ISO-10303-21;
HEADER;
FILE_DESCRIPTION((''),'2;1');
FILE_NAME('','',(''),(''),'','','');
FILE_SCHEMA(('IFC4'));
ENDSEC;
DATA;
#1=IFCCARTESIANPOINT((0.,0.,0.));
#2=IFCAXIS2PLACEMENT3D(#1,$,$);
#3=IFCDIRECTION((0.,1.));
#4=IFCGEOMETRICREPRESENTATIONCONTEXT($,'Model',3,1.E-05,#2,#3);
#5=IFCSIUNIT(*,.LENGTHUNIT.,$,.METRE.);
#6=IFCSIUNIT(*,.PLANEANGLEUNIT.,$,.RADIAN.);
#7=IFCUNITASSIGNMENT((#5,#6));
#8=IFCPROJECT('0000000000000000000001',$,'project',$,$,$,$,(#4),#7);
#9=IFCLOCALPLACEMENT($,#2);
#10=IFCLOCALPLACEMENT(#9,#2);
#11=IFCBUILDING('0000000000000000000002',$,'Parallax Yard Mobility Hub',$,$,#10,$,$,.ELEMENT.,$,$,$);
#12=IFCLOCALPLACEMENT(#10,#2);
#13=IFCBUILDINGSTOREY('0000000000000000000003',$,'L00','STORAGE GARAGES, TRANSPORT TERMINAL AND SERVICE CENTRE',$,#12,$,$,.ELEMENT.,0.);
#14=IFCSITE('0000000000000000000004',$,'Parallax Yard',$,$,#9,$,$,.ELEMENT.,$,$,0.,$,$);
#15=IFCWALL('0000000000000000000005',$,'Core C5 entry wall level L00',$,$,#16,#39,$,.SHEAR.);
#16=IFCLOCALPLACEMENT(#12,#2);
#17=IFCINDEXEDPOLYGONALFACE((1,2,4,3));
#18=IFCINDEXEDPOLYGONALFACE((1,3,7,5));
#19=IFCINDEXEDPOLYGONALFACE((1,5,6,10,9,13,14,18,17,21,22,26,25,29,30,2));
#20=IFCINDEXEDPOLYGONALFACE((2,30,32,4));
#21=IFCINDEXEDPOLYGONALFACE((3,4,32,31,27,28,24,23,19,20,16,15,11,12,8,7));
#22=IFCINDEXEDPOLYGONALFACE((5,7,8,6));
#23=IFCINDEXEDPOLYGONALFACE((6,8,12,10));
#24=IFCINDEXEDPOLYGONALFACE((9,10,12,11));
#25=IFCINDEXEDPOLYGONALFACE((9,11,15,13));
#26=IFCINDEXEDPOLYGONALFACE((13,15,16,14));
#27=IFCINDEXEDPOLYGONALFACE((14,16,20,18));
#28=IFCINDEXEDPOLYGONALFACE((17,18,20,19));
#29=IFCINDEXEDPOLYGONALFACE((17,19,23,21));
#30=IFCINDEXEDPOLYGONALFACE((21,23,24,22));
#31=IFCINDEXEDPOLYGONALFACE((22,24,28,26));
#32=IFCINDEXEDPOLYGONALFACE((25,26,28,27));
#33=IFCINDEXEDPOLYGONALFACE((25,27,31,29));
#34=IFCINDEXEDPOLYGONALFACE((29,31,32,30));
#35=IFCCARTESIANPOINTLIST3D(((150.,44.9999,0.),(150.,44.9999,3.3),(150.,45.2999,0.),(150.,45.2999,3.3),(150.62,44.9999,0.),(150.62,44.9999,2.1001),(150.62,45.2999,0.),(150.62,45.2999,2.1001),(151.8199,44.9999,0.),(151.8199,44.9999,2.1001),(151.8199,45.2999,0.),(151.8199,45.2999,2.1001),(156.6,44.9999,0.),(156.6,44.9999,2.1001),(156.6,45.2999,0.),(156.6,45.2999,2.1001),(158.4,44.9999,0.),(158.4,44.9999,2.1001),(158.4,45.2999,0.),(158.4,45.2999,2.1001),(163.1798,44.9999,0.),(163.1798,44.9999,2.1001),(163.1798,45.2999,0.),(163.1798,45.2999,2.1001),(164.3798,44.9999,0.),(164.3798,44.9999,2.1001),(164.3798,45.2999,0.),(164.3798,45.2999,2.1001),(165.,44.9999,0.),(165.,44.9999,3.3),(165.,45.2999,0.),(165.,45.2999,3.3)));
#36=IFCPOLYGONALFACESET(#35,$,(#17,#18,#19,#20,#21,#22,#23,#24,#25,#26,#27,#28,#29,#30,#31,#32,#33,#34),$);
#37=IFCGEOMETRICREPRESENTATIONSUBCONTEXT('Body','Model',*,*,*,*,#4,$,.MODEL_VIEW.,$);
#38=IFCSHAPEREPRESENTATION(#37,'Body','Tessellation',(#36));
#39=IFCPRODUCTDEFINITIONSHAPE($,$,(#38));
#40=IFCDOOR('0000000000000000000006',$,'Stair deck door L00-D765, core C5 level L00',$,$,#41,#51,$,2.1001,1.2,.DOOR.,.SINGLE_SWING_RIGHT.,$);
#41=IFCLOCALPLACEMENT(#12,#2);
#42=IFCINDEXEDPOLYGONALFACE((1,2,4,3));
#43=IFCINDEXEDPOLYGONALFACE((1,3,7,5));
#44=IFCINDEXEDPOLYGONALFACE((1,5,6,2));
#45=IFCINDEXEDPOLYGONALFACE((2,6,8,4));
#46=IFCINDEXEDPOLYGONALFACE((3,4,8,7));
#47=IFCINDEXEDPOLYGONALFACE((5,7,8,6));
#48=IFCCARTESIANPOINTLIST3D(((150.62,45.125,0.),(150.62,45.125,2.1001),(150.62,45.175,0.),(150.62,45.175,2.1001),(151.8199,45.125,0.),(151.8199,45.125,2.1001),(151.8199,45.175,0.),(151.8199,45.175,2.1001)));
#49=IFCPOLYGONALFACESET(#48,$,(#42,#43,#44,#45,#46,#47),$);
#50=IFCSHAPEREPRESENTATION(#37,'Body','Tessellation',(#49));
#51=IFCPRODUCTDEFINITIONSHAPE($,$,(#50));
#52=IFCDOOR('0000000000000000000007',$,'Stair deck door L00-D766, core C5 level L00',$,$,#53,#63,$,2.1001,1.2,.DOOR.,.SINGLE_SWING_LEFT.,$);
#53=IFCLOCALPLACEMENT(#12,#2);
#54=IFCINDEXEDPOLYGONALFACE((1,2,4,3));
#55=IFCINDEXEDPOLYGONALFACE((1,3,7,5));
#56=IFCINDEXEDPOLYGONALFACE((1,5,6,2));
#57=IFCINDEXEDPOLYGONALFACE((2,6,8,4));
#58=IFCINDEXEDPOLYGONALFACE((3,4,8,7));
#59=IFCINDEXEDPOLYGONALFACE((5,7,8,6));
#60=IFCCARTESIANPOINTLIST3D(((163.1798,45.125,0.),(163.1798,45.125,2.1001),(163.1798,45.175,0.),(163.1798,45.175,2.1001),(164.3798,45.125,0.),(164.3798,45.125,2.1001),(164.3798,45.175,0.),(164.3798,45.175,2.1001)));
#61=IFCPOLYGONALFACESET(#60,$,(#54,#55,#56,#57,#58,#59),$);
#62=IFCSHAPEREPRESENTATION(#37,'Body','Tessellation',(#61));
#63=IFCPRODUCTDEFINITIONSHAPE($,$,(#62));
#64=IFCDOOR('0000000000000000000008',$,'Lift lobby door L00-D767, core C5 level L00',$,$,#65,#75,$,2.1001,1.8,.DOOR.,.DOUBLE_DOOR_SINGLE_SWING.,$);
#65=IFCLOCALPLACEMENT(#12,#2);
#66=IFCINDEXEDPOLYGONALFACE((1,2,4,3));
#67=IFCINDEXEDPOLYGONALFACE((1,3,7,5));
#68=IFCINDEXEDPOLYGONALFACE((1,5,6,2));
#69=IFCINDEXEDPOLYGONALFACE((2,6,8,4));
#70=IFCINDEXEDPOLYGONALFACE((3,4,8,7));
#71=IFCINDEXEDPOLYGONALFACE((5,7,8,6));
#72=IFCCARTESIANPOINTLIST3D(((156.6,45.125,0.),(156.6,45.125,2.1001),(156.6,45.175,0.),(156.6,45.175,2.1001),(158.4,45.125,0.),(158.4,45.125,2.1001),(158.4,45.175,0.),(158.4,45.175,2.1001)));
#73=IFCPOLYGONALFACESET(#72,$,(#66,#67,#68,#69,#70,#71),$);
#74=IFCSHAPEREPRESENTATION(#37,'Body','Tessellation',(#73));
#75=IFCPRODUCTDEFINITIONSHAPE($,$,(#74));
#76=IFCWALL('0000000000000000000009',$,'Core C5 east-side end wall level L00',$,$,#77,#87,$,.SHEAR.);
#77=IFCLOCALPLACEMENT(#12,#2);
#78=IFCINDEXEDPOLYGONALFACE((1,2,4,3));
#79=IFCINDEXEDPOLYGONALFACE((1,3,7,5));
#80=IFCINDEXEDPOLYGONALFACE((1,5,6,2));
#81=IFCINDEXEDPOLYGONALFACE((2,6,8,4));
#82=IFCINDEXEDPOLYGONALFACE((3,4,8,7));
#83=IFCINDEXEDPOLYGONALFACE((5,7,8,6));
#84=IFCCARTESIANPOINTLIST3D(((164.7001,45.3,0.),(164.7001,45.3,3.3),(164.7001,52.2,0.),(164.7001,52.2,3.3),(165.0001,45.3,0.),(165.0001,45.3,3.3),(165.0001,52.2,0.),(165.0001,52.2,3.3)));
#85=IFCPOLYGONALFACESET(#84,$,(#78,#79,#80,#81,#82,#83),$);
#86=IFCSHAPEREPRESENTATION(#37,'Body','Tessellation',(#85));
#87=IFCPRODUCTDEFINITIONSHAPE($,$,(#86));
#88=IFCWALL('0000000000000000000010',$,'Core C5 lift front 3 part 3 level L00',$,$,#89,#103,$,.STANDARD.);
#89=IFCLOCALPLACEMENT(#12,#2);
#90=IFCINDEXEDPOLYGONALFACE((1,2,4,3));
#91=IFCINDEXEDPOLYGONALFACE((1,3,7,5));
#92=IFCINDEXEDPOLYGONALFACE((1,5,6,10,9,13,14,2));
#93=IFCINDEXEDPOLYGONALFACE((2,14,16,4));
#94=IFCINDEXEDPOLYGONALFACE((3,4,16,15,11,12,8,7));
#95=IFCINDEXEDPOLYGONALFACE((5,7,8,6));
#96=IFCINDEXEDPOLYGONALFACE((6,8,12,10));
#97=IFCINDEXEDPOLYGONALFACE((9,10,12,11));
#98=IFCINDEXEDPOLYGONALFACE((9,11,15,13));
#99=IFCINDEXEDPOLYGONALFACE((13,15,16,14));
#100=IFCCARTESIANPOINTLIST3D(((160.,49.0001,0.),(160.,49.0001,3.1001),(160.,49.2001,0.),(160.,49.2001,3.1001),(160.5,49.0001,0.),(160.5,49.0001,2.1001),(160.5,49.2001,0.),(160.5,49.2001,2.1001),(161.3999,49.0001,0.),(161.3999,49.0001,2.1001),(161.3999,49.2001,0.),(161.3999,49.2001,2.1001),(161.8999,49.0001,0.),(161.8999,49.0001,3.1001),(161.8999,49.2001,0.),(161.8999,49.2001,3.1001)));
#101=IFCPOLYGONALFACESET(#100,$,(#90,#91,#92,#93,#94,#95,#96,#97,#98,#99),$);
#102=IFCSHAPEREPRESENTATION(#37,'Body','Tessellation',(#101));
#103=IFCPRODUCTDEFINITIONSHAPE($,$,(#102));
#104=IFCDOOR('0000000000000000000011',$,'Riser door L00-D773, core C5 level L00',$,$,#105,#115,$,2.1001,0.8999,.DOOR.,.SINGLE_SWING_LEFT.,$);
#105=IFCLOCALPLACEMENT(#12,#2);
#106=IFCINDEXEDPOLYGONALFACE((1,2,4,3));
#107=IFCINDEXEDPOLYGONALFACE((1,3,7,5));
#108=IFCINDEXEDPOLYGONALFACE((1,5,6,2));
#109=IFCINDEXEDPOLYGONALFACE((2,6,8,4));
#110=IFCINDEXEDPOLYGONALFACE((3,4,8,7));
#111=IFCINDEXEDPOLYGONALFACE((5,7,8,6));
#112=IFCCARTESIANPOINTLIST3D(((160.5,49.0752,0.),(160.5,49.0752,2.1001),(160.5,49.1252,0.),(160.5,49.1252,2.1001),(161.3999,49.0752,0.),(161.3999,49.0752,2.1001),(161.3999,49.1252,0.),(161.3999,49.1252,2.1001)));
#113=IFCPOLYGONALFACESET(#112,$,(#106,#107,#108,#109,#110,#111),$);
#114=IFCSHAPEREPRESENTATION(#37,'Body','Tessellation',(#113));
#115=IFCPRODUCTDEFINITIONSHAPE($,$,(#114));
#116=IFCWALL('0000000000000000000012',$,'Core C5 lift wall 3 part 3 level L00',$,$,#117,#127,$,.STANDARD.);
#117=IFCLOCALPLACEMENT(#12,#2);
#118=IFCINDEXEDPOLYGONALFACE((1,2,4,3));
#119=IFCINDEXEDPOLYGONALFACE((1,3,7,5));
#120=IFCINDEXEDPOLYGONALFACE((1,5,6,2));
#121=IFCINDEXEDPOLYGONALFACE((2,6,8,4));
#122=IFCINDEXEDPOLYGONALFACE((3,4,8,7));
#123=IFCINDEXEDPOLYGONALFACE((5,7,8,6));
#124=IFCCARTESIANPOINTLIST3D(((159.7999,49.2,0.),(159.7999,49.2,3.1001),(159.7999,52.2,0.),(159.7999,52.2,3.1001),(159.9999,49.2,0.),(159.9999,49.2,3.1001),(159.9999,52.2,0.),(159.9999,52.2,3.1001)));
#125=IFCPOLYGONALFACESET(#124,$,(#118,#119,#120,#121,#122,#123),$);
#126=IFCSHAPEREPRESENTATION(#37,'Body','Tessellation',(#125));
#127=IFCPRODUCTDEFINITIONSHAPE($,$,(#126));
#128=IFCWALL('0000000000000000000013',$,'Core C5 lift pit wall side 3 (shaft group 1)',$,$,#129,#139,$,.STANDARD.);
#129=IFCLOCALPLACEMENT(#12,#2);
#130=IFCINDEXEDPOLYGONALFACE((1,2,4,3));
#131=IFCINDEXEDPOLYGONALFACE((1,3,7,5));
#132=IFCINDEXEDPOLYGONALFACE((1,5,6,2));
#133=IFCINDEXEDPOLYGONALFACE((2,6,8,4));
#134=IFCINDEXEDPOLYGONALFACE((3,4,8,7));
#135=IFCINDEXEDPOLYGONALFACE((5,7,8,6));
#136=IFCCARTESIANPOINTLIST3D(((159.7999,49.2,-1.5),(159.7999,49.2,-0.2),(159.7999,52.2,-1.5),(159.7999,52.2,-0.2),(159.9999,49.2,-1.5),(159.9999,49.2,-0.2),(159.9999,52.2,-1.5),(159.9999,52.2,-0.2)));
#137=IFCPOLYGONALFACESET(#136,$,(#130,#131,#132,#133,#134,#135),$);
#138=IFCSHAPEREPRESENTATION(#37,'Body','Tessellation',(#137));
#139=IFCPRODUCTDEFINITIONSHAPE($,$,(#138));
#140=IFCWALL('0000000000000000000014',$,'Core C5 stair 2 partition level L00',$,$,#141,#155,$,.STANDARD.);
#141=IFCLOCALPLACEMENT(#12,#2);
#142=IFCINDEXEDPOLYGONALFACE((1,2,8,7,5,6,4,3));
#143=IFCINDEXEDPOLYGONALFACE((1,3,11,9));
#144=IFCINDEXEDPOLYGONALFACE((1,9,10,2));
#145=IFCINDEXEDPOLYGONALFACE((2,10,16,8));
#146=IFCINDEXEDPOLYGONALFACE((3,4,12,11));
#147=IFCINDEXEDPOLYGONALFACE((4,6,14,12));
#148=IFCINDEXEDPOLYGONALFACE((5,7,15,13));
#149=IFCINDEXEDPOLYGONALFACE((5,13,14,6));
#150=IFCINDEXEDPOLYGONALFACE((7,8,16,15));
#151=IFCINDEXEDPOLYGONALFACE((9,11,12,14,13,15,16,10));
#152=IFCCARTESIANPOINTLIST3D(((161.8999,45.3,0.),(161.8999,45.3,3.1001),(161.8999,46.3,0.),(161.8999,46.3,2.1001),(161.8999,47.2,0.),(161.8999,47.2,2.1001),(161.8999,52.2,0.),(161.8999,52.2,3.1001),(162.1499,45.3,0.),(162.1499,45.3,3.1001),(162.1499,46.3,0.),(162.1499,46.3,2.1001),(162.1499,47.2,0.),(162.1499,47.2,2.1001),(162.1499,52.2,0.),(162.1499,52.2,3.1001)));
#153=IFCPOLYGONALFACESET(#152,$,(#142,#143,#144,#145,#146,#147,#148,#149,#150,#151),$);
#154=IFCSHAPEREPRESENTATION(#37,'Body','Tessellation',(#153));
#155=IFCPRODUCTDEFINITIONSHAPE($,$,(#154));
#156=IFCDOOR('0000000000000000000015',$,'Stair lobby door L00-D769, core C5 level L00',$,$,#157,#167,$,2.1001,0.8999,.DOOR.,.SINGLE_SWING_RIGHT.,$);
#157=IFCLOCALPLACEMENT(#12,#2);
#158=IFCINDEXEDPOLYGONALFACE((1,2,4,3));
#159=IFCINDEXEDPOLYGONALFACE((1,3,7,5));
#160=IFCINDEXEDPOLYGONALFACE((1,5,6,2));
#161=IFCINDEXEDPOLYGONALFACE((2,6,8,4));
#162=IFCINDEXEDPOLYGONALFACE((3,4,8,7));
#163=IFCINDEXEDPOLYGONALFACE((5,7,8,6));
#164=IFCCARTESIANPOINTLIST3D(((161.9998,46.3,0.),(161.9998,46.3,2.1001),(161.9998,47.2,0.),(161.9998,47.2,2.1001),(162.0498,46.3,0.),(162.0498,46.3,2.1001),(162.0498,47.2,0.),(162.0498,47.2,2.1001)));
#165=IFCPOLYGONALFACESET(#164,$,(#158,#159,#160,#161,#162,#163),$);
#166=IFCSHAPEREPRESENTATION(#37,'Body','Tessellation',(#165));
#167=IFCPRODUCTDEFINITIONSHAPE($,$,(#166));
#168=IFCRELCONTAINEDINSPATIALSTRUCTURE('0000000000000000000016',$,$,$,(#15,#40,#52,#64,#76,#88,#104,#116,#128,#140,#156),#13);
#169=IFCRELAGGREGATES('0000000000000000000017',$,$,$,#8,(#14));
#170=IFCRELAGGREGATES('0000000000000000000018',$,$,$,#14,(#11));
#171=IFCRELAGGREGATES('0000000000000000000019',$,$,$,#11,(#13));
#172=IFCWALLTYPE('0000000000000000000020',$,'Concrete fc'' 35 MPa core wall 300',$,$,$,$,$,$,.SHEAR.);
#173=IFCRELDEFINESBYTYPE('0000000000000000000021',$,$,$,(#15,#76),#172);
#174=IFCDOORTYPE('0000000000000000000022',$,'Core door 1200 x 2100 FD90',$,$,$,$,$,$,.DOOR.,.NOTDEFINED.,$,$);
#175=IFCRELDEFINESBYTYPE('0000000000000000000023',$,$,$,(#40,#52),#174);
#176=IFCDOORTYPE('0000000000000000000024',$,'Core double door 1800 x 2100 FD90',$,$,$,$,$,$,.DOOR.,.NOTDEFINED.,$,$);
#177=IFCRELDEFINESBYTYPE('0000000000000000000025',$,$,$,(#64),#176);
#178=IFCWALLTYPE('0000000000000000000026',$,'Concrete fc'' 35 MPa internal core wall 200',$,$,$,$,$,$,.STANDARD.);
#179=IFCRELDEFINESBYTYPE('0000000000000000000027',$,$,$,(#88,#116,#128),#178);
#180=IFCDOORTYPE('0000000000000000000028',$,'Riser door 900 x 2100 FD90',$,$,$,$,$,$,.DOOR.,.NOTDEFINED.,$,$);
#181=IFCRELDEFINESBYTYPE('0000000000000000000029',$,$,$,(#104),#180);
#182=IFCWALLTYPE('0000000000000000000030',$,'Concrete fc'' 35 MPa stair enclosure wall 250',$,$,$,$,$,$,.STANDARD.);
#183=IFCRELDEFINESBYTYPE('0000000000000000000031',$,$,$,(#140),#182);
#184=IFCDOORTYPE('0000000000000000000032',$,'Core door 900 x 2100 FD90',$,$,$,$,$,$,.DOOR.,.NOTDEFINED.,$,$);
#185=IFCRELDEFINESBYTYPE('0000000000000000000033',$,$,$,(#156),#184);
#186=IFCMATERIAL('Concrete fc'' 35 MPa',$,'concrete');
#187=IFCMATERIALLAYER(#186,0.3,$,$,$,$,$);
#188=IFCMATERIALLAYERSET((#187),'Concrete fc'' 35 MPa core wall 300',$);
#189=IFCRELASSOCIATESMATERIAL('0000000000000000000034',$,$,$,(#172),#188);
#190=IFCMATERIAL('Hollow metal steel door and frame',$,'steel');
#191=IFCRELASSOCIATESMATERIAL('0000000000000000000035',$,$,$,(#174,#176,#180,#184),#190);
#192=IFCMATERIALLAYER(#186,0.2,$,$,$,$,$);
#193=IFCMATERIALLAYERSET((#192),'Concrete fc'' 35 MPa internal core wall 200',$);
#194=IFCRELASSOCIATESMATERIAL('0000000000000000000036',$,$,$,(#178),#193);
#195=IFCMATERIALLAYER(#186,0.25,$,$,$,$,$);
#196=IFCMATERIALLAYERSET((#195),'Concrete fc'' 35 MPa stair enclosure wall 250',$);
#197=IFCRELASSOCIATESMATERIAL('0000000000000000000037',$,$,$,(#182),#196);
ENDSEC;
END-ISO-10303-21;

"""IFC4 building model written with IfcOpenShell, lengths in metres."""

from ifc_helpers import new_model, si_unit, direction, frame, frame_2d, origin, place, context, subcontext, project, spatial, rectangle, extrude, material, layer, layer_set, type_object, element, fill, save


model = new_model("IFC4")

# Units and contexts
model_context = context("Model", 3, precision=1e-05, world=origin(), true_north=direction((0.0, 1.0)))
body_context = subcontext(model_context, "Body", "Model", "MODEL_VIEW")
ifc_project = project(units=[si_unit("LENGTHUNIT", "METRE"), si_unit("PLANEANGLEUNIT", "RADIAN")], contexts=[model_context])

# Site, building, storey
site_placement = place(None, origin())
site = spatial("IfcSite", under=ifc_project, at=site_placement, Name="Parallax Yard", CompositionType="ELEMENT", RefElevation=0.0)
building_placement = place(site_placement, origin())
building = spatial("IfcBuilding", under=site, at=building_placement, Name="Parallax Yard Mobility Hub", CompositionType="ELEMENT")
storey_placement = place(building_placement, origin())
storey = spatial("IfcBuildingStorey", under=building, at=storey_placement, Name="L00", Description="STORAGE GARAGES, TRANSPORT TERMINAL AND SERVICE CENTRE", CompositionType="ELEMENT", Elevation=0.0)

# Wall, openings, doors
ifc_material_1 = material(Name="Concrete fc' 35 MPa", Category="concrete")
ifc_layer_1 = layer(ifc_material_1, 0.3)
ifc_layer_set_1 = layer_set([ifc_layer_1], Name="Concrete fc' 35 MPa core wall 300")
wall_type_1 = type_object("IfcWallType", Name="Concrete fc' 35 MPa core wall 300", PredefinedType="SHEAR", material=ifc_layer_set_1)
wall_1_placement = place(storey_placement, frame((165.0, 45.1499, 0.0), z_axis=(0.0, 0.0, 1.0), x_axis=(-1.0, 0.0, 0.0)))
wall_1 = element("IfcWall", 1, at=wall_1_placement, inside=storey, type_object=wall_type_1, Name="Core C5 entry wall level L00", PredefinedType="SHEAR", context=body_context, shape_type="SweptSolid", body=[
    extrude(rectangle(XDim=15.0, YDim=0.3, at=frame_2d((7.5, 0.0))), origin(), (0.0, 0.0, 1.0), 3.3),
])
opening_1_placement = place(wall_1_placement, frame((13.1799, 0.0, 0.0)))
opening_1 = element("IfcOpeningElement", 2, at=opening_1_placement, cuts=wall_1, PredefinedType="OPENING", context=body_context, shape_type="SweptSolid", body=[
    extrude(rectangle(XDim=1.2, YDim=2.1001, at=frame_2d((0.6001, 1.05))), frame((0.0, 0.1602, 0.0), z_axis=(0.0, -1.0, 0.0), x_axis=(1.0, 0.0, 0.0)), (0.0, 0.0, 1.0), 0.3201),
])
opening_2_placement = place(wall_1_placement, frame((0.6201, 0.0, 0.0)))
opening_2 = element("IfcOpeningElement", 3, at=opening_2_placement, cuts=wall_1, PredefinedType="OPENING", context=body_context, shape_type="SweptSolid", body=[
    extrude(rectangle(XDim=1.2, YDim=2.1001, at=frame_2d((0.6001, 1.05))), frame((0.0, 0.1602, 0.0), z_axis=(0.0, -1.0, 0.0), x_axis=(1.0, 0.0, 0.0)), (0.0, 0.0, 1.0), 0.3201),
])
opening_3_placement = place(wall_1_placement, frame((6.6001, 0.0, 0.0)))
opening_3 = element("IfcOpeningElement", 4, at=opening_3_placement, cuts=wall_1, PredefinedType="OPENING", context=body_context, shape_type="SweptSolid", body=[
    extrude(rectangle(XDim=1.8, YDim=2.1001, at=frame_2d((0.8999, 1.05))), frame((0.0, 0.1602, 0.0), z_axis=(0.0, -1.0, 0.0), x_axis=(1.0, 0.0, 0.0)), (0.0, 0.0, 1.0), 0.3201),
])
ifc_material_2 = material(Name="Hollow metal steel door and frame", Category="steel")
door_type_1 = type_object("IfcDoorType", Name="Core door 1200 x 2100 FD90", OperationType="NOTDEFINED", PredefinedType="DOOR", material=ifc_material_2)
door_1_placement = place(opening_1_placement, origin())
door_1 = element("IfcDoor", 5, at=door_1_placement, inside=storey, type_object=door_type_1, Name="Stair deck door L00-D765, core C5 level L00", OperationType="SINGLE_SWING_RIGHT", OverallHeight=2.1001, OverallWidth=1.2, PredefinedType="DOOR", context=body_context, shape_type="SweptSolid", body=[
    extrude(rectangle(XDim=1.2, YDim=2.1001, at=frame_2d((0.6001, 1.05))), frame((0.0, 0.0249, 0.0), z_axis=(0.0, -1.0, 0.0), x_axis=(1.0, 0.0, 0.0)), (0.0, 0.0, 1.0), 0.05),
])
fill(opening_1, door_1)
door_2_placement = place(opening_2_placement, origin())
door_2 = element("IfcDoor", 6, at=door_2_placement, inside=storey, type_object=door_type_1, Name="Stair deck door L00-D766, core C5 level L00", OperationType="SINGLE_SWING_LEFT", OverallHeight=2.1001, OverallWidth=1.2, PredefinedType="DOOR", context=body_context, shape_type="SweptSolid", body=[
    extrude(rectangle(XDim=1.2, YDim=2.1001, at=frame_2d((0.6001, 1.05))), frame((0.0, 0.0249, 0.0), z_axis=(0.0, -1.0, 0.0), x_axis=(1.0, 0.0, 0.0)), (0.0, 0.0, 1.0), 0.05),
])
fill(opening_2, door_2)
door_type_2 = type_object("IfcDoorType", Name="Core double door 1800 x 2100 FD90", OperationType="NOTDEFINED", PredefinedType="DOOR", material=ifc_material_2)
door_3_placement = place(opening_3_placement, origin())
door_3 = element("IfcDoor", 7, at=door_3_placement, inside=storey, type_object=door_type_2, Name="Lift lobby door L00-D767, core C5 level L00", OperationType="DOUBLE_DOOR_SINGLE_SWING", OverallHeight=2.1001, OverallWidth=1.8, PredefinedType="DOOR", context=body_context, shape_type="SweptSolid", body=[
    extrude(rectangle(XDim=1.8, YDim=2.1001, at=frame_2d((0.8999, 1.05))), frame((0.0, 0.0249, 0.0), z_axis=(0.0, -1.0, 0.0), x_axis=(1.0, 0.0, 0.0)), (0.0, 0.0, 1.0), 0.05),
])
fill(opening_3, door_3)

# Wall
wall_2_placement = place(storey_placement, frame((164.8501, 45.3, 0.0), z_axis=(0.0, 0.0, 1.0), x_axis=(0.0, 1.0, 0.0)))
element("IfcWall", 8, at=wall_2_placement, inside=storey, type_object=wall_type_1, Name="Core C5 east-side end wall level L00", PredefinedType="SHEAR", context=body_context, shape_type="SweptSolid", body=[
    extrude(rectangle(XDim=6.8999, YDim=0.3, at=frame_2d((3.45, 0.0))), origin(), (0.0, 0.0, 1.0), 3.3),
])

# Wall, opening, door
ifc_layer_2 = layer(ifc_material_1, 0.2)
ifc_layer_set_2 = layer_set([ifc_layer_2], Name="Concrete fc' 35 MPa internal core wall 200")
wall_type_2 = type_object("IfcWallType", Name="Concrete fc' 35 MPa internal core wall 200", PredefinedType="STANDARD", material=ifc_layer_set_2)
wall_3_placement = place(storey_placement, frame((161.8999, 49.1001, 0.0), z_axis=(0.0, 0.0, 1.0), x_axis=(-1.0, 0.0, 0.0)))
wall_3 = element("IfcWall", 9, at=wall_3_placement, inside=storey, type_object=wall_type_2, Name="Core C5 lift front 3 part 3 level L00", PredefinedType="STANDARD", context=body_context, shape_type="SweptSolid", body=[
    extrude(rectangle(XDim=1.8999, YDim=0.2, at=frame_2d((0.95, 0.0))), origin(), (0.0, 0.0, 1.0), 3.1001),
])
opening_4_placement = place(wall_3_placement, frame((0.5, 0.0, 0.0)))
opening_4 = element("IfcOpeningElement", 10, at=opening_4_placement, cuts=wall_3, PredefinedType="OPENING", context=body_context, shape_type="SweptSolid", body=[
    extrude(rectangle(XDim=0.8999, YDim=2.1001, at=frame_2d((0.45, 1.05))), frame((0.0, 0.1099, 0.0), z_axis=(0.0, -1.0, 0.0), x_axis=(1.0, 0.0, 0.0)), (0.0, 0.0, 1.0), 0.22),
])
door_type_3 = type_object("IfcDoorType", Name="Riser door 900 x 2100 FD90", OperationType="NOTDEFINED", PredefinedType="DOOR", material=ifc_material_2)
door_4_placement = place(opening_4_placement, origin())
door_4 = element("IfcDoor", 11, at=door_4_placement, inside=storey, type_object=door_type_3, Name="Riser door L00-D773, core C5 level L00", OperationType="SINGLE_SWING_LEFT", OverallHeight=2.1001, OverallWidth=0.8999, PredefinedType="DOOR", context=body_context, shape_type="SweptSolid", body=[
    extrude(rectangle(XDim=0.8999, YDim=2.1001, at=frame_2d((0.45, 1.05))), frame((0.0, 0.0249, 0.0), z_axis=(0.0, -1.0, 0.0), x_axis=(1.0, 0.0, 0.0)), (0.0, 0.0, 1.0), 0.05),
])
fill(opening_4, door_4)

# Walls
wall_4_placement = place(storey_placement, frame((159.8999, 49.2, 0.0), z_axis=(0.0, 0.0, 1.0), x_axis=(0.0, 1.0, 0.0)))
element("IfcWall", 12, at=wall_4_placement, inside=storey, type_object=wall_type_2, Name="Core C5 lift wall 3 part 3 level L00", PredefinedType="STANDARD", context=body_context, shape_type="SweptSolid", body=[
    extrude(rectangle(XDim=3.0, YDim=0.2, at=frame_2d((1.5, 0.0))), origin(), (0.0, 0.0, 1.0), 3.1001),
])
wall_5_placement = place(storey_placement, frame((159.8999, 49.2, -1.5), z_axis=(0.0, 0.0, 1.0), x_axis=(0.0, 1.0, 0.0)))
element("IfcWall", 13, at=wall_5_placement, inside=storey, type_object=wall_type_2, Name="Core C5 lift pit wall side 3 (shaft group 1)", PredefinedType="STANDARD", context=body_context, shape_type="SweptSolid", body=[
    extrude(rectangle(XDim=3.0, YDim=0.2, at=frame_2d((1.5, 0.0))), origin(), (0.0, 0.0, 1.0), 1.3),
])

# Wall, opening, door
ifc_layer_3 = layer(ifc_material_1, 0.25)
ifc_layer_set_3 = layer_set([ifc_layer_3], Name="Concrete fc' 35 MPa stair enclosure wall 250")
wall_type_3 = type_object("IfcWallType", Name="Concrete fc' 35 MPa stair enclosure wall 250", PredefinedType="STANDARD", material=ifc_layer_set_3)
wall_6_placement = place(storey_placement, frame((162.0249, 52.2, 0.0), z_axis=(0.0, 0.0, 1.0), x_axis=(0.0, -1.0, 0.0)))
wall_6 = element("IfcWall", 14, at=wall_6_placement, inside=storey, type_object=wall_type_3, Name="Core C5 stair 2 partition level L00", PredefinedType="STANDARD", context=body_context, shape_type="SweptSolid", body=[
    extrude(rectangle(XDim=6.8999, YDim=0.25, at=frame_2d((3.45, 0.0))), origin(), (0.0, 0.0, 1.0), 3.1001),
])
opening_5_placement = place(wall_6_placement, frame((5.0, 0.0, 0.0)))
opening_5 = element("IfcOpeningElement", 15, at=opening_5_placement, cuts=wall_6, PredefinedType="OPENING", context=body_context, shape_type="SweptSolid", body=[
    extrude(rectangle(XDim=0.8999, YDim=2.1001, at=frame_2d((0.45, 1.05))), frame((0.0, 0.135, 0.0), z_axis=(0.0, -1.0, 0.0), x_axis=(1.0, 0.0, 0.0)), (0.0, 0.0, 1.0), 0.27),
])
door_type_4 = type_object("IfcDoorType", Name="Core door 900 x 2100 FD90", OperationType="NOTDEFINED", PredefinedType="DOOR", material=ifc_material_2)
door_5_placement = place(opening_5_placement, origin())
door_5 = element("IfcDoor", 16, at=door_5_placement, inside=storey, type_object=door_type_4, Name="Stair lobby door L00-D769, core C5 level L00", OperationType="SINGLE_SWING_RIGHT", OverallHeight=2.1001, OverallWidth=0.8999, PredefinedType="DOOR", context=body_context, shape_type="SweptSolid", body=[
    extrude(rectangle(XDim=0.8999, YDim=2.1001, at=frame_2d((0.45, 1.05))), frame((0.0, 0.0249, 0.0), z_axis=(0.0, -1.0, 0.0), x_axis=(1.0, 0.0, 0.0)), (0.0, 0.0, 1.0), 0.05),
])
fill(opening_5, door_5)

save(model, "model.ifc")
